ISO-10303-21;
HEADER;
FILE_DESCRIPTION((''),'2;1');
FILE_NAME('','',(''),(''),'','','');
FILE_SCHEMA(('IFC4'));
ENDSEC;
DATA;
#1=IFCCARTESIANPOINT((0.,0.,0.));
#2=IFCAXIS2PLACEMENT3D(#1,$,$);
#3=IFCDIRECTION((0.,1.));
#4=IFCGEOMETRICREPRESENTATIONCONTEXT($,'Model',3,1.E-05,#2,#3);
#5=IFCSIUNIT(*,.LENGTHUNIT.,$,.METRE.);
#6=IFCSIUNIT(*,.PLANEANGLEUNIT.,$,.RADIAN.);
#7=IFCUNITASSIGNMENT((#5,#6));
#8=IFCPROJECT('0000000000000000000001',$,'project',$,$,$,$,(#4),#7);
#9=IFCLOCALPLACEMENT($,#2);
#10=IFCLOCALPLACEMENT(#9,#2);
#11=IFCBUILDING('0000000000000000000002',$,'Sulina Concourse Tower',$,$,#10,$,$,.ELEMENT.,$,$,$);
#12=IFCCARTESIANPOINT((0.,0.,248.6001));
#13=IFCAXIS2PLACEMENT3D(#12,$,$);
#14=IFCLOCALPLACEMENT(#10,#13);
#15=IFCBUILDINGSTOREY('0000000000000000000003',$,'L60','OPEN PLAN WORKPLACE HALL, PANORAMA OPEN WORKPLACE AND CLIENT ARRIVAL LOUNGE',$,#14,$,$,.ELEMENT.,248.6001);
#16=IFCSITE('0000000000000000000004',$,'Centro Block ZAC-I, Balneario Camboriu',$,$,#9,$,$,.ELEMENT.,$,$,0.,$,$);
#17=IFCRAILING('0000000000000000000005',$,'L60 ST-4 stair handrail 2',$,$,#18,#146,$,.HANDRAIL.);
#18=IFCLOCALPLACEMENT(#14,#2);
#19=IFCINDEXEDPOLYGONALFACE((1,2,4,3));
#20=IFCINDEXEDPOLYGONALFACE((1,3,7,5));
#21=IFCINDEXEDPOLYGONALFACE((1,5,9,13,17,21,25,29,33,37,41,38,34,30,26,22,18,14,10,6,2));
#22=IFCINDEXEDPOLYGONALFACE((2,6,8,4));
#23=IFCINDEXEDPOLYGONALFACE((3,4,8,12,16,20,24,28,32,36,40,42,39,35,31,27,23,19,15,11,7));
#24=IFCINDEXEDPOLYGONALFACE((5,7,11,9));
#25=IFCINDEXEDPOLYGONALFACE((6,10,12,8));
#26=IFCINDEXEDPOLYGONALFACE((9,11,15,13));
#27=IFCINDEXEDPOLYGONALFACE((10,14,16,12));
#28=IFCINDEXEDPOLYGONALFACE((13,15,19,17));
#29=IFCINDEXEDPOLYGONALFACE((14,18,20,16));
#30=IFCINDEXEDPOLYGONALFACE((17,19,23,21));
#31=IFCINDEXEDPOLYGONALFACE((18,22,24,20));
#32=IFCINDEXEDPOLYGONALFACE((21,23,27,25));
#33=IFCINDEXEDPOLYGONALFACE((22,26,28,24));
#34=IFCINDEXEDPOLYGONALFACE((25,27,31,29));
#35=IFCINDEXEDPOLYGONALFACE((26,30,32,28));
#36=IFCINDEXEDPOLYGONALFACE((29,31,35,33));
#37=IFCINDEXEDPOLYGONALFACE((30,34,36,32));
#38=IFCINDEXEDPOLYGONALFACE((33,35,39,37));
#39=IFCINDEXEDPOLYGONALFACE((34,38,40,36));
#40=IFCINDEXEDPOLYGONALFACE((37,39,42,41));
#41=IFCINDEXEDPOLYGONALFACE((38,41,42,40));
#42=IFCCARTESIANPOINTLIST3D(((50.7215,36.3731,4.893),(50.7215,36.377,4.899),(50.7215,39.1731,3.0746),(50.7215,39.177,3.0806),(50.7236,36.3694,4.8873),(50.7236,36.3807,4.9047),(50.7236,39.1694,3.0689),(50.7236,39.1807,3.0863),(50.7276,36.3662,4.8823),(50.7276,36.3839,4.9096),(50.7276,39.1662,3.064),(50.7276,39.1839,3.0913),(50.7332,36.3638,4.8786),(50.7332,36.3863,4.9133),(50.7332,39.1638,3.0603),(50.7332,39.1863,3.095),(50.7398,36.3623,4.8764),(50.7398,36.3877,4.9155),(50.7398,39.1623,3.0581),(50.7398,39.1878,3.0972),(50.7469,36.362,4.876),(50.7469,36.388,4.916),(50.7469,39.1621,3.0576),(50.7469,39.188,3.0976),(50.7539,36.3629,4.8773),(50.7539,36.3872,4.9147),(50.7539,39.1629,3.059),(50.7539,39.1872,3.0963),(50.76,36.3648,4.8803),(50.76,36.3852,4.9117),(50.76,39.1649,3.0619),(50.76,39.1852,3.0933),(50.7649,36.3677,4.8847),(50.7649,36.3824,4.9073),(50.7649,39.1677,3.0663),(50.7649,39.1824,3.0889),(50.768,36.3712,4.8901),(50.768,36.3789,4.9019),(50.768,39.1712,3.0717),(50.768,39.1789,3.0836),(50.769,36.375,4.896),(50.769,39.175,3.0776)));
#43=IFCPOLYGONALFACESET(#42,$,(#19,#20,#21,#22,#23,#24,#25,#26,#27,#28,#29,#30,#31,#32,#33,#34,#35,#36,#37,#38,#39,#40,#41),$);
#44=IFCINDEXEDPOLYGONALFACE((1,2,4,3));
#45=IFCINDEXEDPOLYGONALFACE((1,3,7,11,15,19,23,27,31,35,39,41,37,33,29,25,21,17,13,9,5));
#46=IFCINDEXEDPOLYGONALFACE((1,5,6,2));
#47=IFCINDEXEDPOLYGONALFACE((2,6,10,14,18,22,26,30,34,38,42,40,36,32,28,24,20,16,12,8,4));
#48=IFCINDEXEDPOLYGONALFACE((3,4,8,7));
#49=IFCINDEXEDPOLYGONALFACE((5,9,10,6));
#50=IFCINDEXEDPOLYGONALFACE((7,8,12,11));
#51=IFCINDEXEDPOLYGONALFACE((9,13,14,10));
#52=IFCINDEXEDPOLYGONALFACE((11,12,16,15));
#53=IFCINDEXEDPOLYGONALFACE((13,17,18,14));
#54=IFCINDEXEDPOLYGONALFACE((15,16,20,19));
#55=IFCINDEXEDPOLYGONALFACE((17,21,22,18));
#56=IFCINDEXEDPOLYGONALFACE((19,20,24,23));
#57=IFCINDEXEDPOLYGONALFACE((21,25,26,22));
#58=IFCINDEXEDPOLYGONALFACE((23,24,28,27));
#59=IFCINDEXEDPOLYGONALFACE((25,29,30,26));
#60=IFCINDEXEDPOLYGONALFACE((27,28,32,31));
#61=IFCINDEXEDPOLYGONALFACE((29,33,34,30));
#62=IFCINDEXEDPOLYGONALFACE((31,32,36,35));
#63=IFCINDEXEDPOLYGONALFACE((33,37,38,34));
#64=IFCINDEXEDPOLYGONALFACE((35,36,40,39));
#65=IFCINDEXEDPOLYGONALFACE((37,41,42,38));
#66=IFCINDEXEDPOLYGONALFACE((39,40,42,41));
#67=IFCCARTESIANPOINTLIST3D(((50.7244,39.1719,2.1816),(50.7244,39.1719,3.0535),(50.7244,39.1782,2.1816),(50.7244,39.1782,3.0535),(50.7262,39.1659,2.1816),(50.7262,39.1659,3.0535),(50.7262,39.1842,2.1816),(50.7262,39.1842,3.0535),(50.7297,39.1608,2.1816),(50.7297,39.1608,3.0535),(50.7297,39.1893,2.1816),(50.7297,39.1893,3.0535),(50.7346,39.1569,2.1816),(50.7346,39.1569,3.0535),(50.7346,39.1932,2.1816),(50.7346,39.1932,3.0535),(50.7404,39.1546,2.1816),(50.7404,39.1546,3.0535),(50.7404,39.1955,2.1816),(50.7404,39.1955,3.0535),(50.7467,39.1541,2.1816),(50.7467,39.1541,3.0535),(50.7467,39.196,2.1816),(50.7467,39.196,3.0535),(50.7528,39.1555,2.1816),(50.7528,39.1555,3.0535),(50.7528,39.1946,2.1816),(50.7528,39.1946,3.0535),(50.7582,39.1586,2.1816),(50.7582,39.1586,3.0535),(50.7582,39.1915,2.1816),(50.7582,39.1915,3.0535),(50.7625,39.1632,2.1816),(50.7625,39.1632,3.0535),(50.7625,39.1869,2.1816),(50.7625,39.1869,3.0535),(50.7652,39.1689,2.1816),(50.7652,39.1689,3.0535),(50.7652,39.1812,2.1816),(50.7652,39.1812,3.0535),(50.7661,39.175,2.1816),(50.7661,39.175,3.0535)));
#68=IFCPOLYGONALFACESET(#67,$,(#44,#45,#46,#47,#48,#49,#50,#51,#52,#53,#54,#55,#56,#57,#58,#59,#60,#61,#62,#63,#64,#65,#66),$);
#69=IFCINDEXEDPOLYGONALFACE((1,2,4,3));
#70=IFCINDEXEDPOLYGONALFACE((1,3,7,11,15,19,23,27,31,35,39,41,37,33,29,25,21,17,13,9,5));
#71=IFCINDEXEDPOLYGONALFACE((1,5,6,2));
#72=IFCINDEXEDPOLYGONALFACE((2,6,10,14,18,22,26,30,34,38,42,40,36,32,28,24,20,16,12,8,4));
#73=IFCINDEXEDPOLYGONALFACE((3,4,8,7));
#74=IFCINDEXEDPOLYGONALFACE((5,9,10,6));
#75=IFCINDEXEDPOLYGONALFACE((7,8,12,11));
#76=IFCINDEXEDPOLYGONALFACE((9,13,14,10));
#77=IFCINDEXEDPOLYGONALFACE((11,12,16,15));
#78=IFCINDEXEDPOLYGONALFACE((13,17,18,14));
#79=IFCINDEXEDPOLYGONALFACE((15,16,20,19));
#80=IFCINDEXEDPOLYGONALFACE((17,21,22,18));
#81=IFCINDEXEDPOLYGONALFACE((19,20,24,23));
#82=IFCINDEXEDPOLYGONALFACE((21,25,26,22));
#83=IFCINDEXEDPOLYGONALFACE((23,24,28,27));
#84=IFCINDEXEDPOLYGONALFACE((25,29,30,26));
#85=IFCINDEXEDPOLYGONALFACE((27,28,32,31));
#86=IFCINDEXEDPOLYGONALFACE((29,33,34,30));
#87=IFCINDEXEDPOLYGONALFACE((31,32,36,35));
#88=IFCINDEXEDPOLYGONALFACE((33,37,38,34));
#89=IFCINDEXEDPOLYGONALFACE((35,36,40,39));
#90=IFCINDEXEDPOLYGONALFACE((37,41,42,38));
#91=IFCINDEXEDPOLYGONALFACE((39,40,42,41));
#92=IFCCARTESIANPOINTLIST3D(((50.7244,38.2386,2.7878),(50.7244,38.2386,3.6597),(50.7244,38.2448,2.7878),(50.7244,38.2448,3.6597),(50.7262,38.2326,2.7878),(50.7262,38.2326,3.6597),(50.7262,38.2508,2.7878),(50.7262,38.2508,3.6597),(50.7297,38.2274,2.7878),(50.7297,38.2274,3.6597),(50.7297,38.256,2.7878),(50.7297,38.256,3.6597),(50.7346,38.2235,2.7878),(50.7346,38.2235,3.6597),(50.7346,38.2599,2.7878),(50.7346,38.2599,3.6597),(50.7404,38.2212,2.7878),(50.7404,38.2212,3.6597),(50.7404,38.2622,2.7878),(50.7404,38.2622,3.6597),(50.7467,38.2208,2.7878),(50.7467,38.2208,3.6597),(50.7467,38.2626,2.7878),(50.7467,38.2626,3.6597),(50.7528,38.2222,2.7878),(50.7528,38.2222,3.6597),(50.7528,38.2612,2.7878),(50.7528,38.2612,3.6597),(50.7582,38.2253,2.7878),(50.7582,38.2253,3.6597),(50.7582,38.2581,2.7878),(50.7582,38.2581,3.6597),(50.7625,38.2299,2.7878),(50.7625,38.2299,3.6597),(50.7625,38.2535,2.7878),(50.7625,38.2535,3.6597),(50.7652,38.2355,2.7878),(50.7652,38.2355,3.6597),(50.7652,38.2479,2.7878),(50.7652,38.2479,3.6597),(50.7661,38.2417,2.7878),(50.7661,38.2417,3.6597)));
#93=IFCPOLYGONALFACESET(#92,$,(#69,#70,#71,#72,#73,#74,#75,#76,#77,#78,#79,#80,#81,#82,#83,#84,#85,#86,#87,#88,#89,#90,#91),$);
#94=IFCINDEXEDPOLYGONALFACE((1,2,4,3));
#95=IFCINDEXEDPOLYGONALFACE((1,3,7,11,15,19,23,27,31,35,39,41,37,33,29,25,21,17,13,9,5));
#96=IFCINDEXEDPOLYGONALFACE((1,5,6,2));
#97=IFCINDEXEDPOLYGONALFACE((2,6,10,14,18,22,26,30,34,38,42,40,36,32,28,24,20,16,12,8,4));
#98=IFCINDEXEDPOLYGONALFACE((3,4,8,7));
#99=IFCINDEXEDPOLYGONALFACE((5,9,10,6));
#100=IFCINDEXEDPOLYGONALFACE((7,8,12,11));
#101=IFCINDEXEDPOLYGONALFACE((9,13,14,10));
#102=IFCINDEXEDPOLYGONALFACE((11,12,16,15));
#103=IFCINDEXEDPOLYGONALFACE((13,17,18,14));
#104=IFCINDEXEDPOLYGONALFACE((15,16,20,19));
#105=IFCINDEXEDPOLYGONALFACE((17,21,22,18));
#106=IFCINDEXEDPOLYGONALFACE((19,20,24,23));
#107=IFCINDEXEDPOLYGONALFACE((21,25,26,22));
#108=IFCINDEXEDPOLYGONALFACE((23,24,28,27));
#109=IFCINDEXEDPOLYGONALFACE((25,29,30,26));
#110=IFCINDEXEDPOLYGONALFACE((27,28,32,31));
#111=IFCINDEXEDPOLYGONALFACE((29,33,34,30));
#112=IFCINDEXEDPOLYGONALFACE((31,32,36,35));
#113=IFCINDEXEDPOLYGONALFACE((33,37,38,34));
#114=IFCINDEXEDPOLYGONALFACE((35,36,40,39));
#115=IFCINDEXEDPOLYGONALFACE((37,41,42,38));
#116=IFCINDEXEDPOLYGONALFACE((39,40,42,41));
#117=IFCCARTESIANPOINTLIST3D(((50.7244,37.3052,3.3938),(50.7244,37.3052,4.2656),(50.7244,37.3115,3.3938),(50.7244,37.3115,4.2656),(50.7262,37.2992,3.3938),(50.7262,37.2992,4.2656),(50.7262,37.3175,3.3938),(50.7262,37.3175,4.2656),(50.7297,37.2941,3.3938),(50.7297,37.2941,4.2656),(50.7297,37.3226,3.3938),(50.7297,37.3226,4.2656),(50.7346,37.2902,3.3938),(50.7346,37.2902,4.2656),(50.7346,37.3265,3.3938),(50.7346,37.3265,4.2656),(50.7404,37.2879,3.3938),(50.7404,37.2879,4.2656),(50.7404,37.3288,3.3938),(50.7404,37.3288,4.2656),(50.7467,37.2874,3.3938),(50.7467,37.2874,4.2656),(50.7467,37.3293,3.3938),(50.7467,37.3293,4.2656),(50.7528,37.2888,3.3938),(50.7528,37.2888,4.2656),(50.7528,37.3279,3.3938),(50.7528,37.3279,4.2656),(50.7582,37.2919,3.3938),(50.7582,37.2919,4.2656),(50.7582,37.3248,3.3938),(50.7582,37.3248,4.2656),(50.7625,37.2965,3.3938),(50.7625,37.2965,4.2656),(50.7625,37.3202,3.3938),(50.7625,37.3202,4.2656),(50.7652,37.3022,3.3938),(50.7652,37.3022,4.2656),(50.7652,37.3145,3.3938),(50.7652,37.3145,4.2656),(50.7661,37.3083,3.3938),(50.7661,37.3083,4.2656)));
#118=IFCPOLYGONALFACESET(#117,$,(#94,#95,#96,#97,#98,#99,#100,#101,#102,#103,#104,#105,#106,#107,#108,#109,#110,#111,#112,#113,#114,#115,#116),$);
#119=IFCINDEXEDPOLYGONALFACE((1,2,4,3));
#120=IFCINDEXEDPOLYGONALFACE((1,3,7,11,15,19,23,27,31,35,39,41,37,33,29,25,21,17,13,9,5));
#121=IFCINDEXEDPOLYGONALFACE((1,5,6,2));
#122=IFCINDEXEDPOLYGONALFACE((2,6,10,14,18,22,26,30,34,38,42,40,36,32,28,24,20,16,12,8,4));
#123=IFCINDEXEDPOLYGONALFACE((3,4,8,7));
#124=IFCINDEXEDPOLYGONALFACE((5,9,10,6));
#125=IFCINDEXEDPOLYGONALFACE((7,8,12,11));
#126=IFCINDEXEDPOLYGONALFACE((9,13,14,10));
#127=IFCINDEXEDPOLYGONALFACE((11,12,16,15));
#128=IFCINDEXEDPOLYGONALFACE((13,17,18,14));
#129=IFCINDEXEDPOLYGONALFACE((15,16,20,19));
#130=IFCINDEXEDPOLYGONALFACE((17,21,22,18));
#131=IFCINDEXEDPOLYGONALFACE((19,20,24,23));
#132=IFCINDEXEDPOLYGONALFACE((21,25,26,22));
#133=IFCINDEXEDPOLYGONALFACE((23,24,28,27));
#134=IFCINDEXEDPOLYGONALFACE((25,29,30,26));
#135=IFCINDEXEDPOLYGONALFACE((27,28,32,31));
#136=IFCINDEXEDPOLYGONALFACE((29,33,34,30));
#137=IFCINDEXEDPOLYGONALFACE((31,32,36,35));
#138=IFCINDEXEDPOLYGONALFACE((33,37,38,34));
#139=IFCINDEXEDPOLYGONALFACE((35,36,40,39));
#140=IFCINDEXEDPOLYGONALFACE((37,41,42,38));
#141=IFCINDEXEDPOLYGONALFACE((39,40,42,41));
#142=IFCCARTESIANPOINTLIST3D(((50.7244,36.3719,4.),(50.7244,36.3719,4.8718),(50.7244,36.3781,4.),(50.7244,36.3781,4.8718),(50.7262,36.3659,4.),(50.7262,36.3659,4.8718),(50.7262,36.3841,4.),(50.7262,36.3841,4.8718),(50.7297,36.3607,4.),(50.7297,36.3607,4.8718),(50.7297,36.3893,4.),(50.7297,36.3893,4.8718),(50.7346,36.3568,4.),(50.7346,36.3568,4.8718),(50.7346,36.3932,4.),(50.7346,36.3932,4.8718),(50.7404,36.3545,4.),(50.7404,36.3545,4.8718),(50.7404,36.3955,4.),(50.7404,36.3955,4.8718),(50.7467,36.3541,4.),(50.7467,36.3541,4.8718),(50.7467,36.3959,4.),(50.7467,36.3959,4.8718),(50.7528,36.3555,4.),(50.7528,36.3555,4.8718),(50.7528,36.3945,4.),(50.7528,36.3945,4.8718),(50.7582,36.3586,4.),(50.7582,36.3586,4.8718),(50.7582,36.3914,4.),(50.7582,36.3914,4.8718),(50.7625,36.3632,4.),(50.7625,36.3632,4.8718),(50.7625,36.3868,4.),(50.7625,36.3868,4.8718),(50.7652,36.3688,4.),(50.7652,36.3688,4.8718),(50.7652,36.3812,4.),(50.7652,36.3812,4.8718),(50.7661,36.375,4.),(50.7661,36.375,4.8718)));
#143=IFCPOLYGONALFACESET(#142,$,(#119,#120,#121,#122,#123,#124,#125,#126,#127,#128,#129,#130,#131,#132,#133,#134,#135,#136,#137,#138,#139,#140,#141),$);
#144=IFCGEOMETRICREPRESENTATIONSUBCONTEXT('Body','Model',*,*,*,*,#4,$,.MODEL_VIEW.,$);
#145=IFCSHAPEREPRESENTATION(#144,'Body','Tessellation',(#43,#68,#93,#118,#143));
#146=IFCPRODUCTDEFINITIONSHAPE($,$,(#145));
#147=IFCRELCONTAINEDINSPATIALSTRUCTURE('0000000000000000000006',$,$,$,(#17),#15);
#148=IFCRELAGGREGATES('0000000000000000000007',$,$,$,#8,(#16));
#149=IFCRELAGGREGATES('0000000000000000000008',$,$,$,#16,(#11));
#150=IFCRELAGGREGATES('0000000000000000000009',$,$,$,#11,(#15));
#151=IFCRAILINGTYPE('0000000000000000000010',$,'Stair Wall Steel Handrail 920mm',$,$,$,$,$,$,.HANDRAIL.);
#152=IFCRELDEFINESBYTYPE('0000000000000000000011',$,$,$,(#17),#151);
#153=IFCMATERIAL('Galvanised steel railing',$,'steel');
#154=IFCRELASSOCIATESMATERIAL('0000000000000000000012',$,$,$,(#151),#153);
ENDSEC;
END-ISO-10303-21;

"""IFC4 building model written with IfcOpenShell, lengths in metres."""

from ifc_helpers import new_model, si_unit, direction, frame, origin, origin_2d, place, context, subcontext, project, spatial, circle, extrude, material, type_object, element, save


model = new_model("IFC4")

# Units and contexts
model_context = context("Model", 3, precision=1e-05, world=origin(), true_north=direction((0.0, 1.0)))
body_context = subcontext(model_context, "Body", "Model", "MODEL_VIEW")
ifc_project = project(units=[si_unit("LENGTHUNIT", "METRE"), si_unit("PLANEANGLEUNIT", "RADIAN")], contexts=[model_context])

# Site, building, storey
site_placement = place(None, origin())
site = spatial("IfcSite", under=ifc_project, at=site_placement, Name="Centro Block ZAC-I, Balneario Camboriu", CompositionType="ELEMENT", RefElevation=0.0)
building_placement = place(site_placement, origin())
building = spatial("IfcBuilding", under=site, at=building_placement, Name="Sulina Concourse Tower", CompositionType="ELEMENT")
storey_placement = place(building_placement, frame((0.0, 0.0, 248.6001)))
storey = spatial("IfcBuildingStorey", under=building, at=storey_placement, Name="L60", Description="OPEN PLAN WORKPLACE HALL, PANORAMA OPEN WORKPLACE AND CLIENT ARRIVAL LOUNGE", CompositionType="ELEMENT", Elevation=248.6001)

# Railing
ifc_material_1 = material(Name="Galvanised steel railing", Category="steel")
railing_type_1 = type_object("IfcRailingType", Name="Stair Wall Steel Handrail 920mm", PredefinedType="HANDRAIL", material=ifc_material_1)
railing_1_placement = place(storey_placement, frame((50.7451, 39.175, 2.1816)))
element("IfcRailing", 1, at=railing_1_placement, inside=storey, type_object=railing_type_1, Name="L60 ST-4 stair handrail 2", PredefinedType="HANDRAIL", context=body_context, shape_type="SweptSolid", body=[
    extrude(circle(Radius=0.0239, at=origin_2d()), frame((0.0, 0.0, 0.896), z_axis=(0.0, -0.838672, 0.544636), x_axis=(1.0, 0.0, 0.0)), (0.0, 0.0, 1.0), 3.3386),
    extrude(circle(Radius=0.021, at=origin_2d()), origin(), (0.0, 0.0, 1.0), 0.8718),
    extrude(circle(Radius=0.021, at=origin_2d()), frame((0.0, -0.9333, 0.6062)), (0.0, 0.0, 1.0), 0.8718),
    extrude(circle(Radius=0.021, at=origin_2d()), frame((0.0, -1.8667, 1.2122)), (0.0, 0.0, 1.0), 0.8718),
    extrude(circle(Radius=0.021, at=origin_2d()), frame((0.0, -2.8, 1.8184)), (0.0, 0.0, 1.0), 0.8718),
])

save(model, "model.ifc")
